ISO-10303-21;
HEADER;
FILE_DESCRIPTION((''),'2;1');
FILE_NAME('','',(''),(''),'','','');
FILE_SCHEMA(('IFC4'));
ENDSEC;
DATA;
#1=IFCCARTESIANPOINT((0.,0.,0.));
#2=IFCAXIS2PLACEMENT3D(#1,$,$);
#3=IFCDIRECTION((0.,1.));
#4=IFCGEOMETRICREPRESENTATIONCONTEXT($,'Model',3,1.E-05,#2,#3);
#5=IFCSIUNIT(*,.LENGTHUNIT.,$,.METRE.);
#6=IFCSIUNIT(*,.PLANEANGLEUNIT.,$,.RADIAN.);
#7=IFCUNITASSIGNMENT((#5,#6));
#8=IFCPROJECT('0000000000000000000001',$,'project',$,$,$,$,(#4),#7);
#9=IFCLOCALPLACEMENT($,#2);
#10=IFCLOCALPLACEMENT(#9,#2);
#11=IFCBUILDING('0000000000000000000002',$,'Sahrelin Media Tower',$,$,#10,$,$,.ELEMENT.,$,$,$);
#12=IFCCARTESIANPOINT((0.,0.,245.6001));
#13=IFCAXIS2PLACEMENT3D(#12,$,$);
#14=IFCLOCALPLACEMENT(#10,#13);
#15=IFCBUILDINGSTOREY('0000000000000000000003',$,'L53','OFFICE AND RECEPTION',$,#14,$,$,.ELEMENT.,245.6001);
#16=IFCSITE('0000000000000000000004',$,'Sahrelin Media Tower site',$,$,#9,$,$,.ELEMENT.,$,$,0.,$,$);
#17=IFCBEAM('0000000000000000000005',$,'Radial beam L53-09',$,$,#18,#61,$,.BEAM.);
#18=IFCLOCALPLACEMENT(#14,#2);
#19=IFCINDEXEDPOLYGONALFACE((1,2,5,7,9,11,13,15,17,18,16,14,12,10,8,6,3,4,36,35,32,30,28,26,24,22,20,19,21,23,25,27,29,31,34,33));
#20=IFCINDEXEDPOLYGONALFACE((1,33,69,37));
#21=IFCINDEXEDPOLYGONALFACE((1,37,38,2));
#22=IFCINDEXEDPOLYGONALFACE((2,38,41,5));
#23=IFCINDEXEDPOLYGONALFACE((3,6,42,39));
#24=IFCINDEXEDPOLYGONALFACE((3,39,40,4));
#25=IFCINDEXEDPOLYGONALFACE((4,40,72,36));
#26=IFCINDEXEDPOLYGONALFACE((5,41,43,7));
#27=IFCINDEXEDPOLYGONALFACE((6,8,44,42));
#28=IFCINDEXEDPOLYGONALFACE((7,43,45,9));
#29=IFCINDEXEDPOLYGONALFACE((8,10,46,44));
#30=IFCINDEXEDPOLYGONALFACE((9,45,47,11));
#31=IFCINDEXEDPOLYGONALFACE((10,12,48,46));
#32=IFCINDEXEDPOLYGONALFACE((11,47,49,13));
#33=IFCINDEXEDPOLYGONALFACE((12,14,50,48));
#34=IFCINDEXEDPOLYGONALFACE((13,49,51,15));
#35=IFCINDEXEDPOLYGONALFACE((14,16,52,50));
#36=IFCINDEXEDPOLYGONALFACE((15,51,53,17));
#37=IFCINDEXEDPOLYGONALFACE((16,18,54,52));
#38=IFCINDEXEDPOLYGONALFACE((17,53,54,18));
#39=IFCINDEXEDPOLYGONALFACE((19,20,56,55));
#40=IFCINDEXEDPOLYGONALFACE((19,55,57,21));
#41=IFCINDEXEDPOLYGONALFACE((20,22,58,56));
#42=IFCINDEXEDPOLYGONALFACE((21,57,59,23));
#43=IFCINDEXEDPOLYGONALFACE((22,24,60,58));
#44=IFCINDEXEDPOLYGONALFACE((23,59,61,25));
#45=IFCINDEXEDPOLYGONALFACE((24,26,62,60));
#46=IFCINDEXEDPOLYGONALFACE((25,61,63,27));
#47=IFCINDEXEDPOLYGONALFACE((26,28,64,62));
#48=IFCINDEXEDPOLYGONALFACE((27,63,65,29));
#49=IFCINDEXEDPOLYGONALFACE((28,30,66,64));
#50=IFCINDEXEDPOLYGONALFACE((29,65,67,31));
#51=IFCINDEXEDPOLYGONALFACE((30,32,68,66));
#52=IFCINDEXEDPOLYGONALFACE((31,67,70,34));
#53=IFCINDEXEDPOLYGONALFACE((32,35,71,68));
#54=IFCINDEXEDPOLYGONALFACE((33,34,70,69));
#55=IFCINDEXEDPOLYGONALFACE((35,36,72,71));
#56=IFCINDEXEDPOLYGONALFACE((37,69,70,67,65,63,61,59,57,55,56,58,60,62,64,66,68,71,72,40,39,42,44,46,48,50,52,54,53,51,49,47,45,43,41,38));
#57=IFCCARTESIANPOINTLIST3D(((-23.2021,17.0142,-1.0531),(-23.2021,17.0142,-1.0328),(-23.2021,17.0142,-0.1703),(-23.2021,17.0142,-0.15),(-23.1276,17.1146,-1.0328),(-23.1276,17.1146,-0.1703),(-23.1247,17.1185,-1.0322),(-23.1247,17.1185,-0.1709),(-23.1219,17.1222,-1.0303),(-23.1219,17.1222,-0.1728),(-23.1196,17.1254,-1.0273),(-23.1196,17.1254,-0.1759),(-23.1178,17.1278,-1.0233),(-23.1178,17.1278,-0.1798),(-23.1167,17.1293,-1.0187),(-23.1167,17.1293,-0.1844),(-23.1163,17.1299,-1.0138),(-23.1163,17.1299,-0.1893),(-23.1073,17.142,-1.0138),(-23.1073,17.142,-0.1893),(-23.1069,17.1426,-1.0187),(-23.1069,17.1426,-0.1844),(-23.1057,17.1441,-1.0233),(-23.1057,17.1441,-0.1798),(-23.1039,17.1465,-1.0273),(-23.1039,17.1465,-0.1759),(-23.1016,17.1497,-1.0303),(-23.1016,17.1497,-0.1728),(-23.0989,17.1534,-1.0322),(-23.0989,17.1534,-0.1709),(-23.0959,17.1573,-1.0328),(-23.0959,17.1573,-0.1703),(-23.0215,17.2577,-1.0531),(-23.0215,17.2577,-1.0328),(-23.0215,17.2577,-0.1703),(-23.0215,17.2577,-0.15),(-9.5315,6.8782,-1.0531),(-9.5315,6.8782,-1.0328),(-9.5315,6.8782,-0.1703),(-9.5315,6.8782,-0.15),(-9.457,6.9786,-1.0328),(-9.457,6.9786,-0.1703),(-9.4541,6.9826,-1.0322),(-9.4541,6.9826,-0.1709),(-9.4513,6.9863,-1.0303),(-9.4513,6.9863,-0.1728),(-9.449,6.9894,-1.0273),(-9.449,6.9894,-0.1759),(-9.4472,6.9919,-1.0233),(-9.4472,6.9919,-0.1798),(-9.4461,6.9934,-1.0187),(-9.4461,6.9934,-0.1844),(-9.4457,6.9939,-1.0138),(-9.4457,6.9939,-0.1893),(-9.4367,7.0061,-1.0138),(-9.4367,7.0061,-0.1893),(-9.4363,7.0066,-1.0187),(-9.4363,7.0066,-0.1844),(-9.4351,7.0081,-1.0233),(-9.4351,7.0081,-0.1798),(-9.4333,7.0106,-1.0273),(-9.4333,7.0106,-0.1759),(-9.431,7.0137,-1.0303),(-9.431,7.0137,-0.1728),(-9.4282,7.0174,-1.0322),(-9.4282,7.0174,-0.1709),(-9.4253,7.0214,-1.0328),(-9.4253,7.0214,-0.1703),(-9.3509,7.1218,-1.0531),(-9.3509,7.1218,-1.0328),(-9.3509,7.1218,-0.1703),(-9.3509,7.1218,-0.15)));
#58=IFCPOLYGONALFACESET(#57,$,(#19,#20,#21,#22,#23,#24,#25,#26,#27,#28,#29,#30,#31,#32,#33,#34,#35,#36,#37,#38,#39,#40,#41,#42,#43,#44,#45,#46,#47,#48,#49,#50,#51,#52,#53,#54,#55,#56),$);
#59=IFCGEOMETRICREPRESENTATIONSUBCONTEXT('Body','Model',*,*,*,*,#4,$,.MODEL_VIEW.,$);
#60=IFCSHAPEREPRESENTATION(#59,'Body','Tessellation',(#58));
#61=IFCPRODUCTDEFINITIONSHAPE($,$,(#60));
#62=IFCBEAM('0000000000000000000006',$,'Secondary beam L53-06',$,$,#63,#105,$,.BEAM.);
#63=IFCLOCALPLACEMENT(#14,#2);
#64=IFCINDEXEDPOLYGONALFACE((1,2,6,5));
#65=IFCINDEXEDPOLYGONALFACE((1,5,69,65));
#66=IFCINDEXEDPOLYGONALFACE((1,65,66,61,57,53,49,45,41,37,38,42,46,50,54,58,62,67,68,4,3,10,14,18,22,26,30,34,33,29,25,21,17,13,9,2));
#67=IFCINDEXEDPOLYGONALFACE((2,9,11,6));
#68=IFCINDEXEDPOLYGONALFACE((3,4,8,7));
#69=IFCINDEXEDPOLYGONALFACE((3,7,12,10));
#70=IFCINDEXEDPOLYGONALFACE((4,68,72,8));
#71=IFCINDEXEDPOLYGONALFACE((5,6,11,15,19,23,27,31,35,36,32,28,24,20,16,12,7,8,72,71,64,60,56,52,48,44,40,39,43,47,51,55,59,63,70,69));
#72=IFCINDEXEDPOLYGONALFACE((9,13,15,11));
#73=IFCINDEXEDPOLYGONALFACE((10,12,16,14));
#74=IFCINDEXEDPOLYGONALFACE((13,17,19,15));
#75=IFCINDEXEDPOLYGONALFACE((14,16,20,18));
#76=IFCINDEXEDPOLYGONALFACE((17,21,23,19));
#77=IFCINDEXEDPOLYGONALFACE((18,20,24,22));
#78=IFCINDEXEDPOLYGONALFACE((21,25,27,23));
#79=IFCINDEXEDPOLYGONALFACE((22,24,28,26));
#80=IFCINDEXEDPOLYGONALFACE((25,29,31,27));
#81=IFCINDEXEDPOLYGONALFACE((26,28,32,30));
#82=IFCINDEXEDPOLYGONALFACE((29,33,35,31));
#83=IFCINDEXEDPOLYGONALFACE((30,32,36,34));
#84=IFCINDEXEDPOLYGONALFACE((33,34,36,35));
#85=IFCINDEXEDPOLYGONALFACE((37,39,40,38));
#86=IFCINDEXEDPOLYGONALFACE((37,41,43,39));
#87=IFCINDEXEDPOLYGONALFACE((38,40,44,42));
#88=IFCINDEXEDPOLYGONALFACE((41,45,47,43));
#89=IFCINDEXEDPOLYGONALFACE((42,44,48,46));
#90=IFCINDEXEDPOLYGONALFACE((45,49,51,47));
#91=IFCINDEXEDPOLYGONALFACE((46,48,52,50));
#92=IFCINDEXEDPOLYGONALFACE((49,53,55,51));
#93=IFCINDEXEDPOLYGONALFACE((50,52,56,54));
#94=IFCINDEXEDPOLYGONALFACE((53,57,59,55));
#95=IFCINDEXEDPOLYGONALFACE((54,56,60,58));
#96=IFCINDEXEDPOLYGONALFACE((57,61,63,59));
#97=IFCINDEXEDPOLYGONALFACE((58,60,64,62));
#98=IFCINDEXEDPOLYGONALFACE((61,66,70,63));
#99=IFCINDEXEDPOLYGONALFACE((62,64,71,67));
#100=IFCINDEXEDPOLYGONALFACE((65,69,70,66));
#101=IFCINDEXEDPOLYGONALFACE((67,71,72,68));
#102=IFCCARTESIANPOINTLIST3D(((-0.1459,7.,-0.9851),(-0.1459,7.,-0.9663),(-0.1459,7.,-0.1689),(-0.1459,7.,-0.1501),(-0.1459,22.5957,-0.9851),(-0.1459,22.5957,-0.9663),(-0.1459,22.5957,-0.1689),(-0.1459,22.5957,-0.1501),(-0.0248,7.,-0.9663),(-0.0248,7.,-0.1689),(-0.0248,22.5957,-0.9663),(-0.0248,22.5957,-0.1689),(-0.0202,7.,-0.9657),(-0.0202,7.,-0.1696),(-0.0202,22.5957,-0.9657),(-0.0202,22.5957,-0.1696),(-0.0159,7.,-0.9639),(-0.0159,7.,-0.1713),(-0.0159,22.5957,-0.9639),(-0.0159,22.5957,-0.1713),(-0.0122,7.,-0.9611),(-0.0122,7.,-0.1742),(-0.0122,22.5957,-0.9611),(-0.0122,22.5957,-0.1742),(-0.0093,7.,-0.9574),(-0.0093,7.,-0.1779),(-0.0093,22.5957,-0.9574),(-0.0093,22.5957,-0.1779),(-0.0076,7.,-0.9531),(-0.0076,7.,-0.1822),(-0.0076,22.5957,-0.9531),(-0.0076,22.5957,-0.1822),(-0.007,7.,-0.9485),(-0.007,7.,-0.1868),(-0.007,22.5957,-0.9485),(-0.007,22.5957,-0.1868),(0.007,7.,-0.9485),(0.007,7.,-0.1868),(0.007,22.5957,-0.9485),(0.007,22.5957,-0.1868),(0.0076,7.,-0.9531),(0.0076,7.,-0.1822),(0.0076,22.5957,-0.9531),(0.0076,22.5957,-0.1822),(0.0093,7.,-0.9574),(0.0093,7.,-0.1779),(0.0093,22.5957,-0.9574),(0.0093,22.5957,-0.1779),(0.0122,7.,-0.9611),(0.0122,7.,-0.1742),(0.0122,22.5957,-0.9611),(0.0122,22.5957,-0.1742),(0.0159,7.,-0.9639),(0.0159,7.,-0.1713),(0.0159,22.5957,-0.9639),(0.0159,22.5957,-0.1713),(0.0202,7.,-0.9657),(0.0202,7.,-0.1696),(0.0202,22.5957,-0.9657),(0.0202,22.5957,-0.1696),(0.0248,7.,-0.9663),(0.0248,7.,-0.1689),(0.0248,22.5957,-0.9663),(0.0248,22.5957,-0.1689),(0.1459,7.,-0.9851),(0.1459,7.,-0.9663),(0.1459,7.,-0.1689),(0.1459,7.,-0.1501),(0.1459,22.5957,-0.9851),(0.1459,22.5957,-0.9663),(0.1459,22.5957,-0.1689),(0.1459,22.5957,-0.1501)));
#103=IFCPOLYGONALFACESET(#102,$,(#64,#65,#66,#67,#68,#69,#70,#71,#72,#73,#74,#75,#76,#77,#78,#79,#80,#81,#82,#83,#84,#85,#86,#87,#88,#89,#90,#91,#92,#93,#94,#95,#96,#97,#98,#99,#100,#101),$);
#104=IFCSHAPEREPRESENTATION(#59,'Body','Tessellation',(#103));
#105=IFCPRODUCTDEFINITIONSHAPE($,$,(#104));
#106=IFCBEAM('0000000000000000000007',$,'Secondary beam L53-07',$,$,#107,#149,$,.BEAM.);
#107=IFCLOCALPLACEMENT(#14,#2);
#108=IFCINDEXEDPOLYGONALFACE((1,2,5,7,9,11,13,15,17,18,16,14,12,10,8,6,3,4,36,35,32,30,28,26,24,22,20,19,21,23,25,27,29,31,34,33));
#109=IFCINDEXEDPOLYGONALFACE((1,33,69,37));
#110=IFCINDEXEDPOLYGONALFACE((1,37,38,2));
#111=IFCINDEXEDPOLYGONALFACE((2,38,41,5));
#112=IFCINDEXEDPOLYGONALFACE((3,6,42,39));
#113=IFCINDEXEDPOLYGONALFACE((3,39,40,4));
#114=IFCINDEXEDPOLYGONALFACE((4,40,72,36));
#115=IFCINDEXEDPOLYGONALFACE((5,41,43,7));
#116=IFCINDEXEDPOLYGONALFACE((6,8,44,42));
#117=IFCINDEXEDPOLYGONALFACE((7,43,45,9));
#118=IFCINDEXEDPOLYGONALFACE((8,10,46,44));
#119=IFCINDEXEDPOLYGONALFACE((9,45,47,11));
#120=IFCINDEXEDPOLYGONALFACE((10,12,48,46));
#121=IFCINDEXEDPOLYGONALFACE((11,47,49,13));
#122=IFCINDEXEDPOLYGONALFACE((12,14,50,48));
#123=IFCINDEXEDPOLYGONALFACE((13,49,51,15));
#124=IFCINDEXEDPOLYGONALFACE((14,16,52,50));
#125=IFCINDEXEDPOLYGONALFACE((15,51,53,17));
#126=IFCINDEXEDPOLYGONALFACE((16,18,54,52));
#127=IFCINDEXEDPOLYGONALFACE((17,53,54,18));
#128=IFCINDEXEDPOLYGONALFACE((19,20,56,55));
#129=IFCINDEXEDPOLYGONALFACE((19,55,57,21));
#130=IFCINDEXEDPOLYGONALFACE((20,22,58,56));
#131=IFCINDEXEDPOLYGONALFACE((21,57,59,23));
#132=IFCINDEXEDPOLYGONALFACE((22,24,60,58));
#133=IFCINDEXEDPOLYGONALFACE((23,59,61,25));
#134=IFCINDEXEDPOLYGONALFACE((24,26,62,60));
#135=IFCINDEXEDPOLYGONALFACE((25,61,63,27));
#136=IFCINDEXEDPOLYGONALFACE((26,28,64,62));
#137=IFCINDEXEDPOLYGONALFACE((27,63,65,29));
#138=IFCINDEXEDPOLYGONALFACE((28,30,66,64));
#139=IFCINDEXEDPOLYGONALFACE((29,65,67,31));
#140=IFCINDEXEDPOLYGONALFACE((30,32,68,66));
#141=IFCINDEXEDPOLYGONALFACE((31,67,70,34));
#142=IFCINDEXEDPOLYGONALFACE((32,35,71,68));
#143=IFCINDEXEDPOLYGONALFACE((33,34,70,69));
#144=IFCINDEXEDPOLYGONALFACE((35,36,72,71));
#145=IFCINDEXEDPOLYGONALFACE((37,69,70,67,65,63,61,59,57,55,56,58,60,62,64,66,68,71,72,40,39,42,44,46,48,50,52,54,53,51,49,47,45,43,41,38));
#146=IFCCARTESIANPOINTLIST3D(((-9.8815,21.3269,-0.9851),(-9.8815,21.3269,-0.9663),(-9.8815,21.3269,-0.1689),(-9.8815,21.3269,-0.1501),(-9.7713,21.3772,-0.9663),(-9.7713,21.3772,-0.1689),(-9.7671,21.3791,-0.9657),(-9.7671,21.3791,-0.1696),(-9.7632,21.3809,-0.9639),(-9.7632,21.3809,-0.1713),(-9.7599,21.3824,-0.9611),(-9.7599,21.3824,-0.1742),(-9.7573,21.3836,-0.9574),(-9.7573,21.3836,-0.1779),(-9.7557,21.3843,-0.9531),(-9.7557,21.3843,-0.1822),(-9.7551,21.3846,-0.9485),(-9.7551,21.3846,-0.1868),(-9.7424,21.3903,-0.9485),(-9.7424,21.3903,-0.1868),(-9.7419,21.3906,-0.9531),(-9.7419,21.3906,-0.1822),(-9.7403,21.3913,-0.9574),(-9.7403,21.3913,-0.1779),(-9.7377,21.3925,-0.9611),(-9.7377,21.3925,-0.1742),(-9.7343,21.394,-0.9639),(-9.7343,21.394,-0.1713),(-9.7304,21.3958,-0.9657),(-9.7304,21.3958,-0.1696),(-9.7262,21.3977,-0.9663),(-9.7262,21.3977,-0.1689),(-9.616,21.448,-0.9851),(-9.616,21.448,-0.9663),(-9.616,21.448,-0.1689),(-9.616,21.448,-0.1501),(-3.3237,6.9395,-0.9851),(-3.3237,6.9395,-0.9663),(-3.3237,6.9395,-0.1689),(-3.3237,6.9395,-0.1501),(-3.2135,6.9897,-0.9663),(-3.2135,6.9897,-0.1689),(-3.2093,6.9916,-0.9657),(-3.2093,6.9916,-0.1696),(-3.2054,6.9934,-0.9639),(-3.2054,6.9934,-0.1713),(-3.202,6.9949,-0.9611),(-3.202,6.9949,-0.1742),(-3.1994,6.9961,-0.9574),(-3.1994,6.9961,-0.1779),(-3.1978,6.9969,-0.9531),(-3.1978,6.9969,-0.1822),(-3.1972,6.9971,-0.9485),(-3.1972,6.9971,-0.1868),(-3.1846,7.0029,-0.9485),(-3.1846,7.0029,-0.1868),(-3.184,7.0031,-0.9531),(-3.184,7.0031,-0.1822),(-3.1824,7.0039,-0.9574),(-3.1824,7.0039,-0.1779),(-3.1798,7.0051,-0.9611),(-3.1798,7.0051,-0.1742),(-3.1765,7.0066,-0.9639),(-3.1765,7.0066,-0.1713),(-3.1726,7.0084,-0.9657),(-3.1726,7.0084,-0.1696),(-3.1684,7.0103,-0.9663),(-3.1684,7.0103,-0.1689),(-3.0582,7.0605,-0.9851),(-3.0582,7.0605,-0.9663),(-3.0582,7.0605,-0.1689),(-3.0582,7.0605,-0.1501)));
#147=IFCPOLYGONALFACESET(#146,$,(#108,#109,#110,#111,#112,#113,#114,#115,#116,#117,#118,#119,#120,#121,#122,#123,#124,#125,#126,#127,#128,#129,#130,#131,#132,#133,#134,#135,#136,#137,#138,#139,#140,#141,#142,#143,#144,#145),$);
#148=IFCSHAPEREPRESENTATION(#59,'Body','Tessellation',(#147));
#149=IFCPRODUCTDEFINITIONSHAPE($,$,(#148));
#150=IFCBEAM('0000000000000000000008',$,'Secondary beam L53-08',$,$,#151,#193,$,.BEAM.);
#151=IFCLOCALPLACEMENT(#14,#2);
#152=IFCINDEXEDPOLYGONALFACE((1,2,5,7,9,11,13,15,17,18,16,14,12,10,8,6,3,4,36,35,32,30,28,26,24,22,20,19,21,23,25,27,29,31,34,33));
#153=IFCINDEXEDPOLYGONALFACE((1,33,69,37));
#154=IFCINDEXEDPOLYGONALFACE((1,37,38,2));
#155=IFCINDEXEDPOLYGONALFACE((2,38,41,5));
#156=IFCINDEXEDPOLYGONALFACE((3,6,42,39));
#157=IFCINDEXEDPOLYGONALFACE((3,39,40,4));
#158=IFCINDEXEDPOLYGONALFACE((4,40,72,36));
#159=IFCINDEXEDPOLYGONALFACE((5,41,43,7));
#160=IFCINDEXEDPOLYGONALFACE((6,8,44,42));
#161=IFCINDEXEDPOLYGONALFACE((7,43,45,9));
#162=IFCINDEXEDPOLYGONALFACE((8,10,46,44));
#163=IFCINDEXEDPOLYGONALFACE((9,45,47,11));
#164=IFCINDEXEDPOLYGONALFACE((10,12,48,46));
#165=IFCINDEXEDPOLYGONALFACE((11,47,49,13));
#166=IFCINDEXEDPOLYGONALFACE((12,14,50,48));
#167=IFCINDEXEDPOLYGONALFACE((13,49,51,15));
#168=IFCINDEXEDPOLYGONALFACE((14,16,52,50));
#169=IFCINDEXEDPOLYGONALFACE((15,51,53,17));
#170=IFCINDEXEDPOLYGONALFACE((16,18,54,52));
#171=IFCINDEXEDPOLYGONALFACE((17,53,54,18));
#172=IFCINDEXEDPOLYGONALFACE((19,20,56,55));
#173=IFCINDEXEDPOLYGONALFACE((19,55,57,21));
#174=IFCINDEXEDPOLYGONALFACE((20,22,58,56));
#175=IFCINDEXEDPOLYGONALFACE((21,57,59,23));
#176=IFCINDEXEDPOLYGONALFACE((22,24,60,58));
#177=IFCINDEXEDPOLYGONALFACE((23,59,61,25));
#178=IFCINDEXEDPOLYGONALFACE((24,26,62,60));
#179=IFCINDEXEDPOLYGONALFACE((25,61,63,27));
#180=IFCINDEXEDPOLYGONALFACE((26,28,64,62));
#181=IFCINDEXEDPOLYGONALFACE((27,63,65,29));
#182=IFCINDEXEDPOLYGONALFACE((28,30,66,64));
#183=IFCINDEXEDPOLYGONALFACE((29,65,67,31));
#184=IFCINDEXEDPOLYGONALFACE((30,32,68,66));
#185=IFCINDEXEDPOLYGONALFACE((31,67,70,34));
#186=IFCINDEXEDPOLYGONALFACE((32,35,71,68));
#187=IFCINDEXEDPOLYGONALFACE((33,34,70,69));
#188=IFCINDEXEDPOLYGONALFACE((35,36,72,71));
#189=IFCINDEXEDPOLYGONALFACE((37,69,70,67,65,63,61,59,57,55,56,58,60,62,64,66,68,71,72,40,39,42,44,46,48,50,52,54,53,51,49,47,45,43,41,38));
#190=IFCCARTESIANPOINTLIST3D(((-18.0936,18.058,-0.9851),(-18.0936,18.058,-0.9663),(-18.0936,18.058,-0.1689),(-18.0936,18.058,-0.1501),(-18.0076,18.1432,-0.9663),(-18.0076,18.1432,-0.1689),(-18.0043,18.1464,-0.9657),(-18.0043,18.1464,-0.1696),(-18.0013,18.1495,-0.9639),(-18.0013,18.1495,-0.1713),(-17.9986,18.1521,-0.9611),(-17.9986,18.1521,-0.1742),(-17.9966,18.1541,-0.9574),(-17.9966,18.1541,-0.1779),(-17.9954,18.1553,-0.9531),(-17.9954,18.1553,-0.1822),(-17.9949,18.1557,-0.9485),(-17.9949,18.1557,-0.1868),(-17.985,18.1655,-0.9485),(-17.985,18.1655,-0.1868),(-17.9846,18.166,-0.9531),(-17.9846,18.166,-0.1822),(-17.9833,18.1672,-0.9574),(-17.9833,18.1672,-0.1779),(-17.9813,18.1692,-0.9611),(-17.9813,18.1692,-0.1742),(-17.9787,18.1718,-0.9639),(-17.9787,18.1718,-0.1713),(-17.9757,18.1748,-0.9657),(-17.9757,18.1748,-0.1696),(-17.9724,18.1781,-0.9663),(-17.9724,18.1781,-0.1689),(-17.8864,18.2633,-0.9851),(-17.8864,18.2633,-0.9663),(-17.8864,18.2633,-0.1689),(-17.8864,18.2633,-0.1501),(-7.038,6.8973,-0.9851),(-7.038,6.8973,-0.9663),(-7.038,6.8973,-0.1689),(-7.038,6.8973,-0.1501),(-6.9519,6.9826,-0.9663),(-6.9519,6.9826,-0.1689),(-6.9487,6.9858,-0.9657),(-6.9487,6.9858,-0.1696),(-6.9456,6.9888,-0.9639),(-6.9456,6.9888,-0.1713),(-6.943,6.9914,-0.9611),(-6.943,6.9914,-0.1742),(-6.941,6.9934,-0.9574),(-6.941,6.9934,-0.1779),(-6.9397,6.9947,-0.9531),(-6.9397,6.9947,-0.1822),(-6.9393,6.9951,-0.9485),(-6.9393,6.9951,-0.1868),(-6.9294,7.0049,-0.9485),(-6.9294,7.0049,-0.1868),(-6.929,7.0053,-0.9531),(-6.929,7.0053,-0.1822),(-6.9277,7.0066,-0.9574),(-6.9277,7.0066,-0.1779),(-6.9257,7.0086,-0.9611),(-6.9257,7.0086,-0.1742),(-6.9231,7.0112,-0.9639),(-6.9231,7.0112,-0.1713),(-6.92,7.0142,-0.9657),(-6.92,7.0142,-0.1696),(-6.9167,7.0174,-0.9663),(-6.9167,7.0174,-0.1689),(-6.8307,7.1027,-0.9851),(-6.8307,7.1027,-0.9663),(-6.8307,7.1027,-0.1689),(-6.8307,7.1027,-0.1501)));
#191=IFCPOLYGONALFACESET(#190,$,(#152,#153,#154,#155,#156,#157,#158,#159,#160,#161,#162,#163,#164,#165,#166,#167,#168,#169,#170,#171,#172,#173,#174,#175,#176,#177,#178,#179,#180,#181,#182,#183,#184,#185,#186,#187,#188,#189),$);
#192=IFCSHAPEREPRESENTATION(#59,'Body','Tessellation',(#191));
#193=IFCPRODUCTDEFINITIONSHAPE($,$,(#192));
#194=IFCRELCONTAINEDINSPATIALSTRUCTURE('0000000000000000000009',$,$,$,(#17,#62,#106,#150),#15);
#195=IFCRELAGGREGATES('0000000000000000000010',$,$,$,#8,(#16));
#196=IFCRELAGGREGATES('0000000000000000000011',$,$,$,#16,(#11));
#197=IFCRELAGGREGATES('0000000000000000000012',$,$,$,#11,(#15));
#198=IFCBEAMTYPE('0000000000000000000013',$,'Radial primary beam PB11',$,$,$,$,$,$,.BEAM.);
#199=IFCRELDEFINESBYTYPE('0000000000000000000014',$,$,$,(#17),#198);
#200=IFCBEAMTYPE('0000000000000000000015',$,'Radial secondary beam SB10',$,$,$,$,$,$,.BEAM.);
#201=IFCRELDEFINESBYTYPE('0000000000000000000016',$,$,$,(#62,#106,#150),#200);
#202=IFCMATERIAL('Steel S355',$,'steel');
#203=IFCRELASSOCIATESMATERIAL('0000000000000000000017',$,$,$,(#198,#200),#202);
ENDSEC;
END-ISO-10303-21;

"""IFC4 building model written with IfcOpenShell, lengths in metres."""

from ifc_helpers import new_model, si_unit, direction, frame, origin, origin_2d, place, context, subcontext, project, spatial, i_section, extrude, material, material_profile, profile_set, type_object, element, save


model = new_model("IFC4")

# Units and contexts
model_context = context("Model", 3, precision=1e-05, world=origin(), true_north=direction((0.0, 1.0)))
body_context = subcontext(model_context, "Body", "Model", "MODEL_VIEW")
ifc_project = project(units=[si_unit("LENGTHUNIT", "METRE"), si_unit("PLANEANGLEUNIT", "RADIAN")], contexts=[model_context])

# Site, building, storey
site_placement = place(None, origin())
site = spatial("IfcSite", under=ifc_project, at=site_placement, Name="Sahrelin Media Tower site", CompositionType="ELEMENT", RefElevation=0.0)
building_placement = place(site_placement, origin())
building = spatial("IfcBuilding", under=site, at=building_placement, Name="Sahrelin Media Tower", CompositionType="ELEMENT")
storey_placement = place(building_placement, frame((0.0, 0.0, 245.6001)))
storey = spatial("IfcBuildingStorey", under=building, at=storey_placement, Name="L53", Description="OFFICE AND RECEPTION", CompositionType="ELEMENT", Elevation=245.6001)

# Shared definitions
ifc_material_1 = material(Name="Steel S355", Category="steel")

# Beams
ifc_material_profile_1 = material_profile(ifc_material_1, i_section(OverallWidth=0.3032, OverallDepth=0.9031, WebThickness=0.0151, FlangeThickness=0.0203, FilletRadius=0.019, at=origin_2d()), Name="UB 914x305x201")
ifc_profile_set_1 = profile_set([ifc_material_profile_1], Name="Steel S355")
beam_type_1 = type_object("IfcBeamType", Name="Radial primary beam PB11", PredefinedType="BEAM", material=ifc_profile_set_1)
beam_1_placement = place(storey_placement, frame((-9.4412, 7.0, -0.6016), z_axis=(-0.803288, 0.595591, 0.0), x_axis=(-0.595591, -0.803288, 0.0)))
element("IfcBeam", 1, at=beam_1_placement, inside=storey, type_object=beam_type_1, Name="Radial beam L53-09", PredefinedType="BEAM", context=body_context, shape_type="SweptSolid", body=[
    extrude(i_section(OverallWidth=0.3032, OverallDepth=0.9031, WebThickness=0.0151, FlangeThickness=0.0203, FilletRadius=0.019, at=origin_2d()), origin(), (0.0, 0.0, 1.0), 17.0183),
])
ifc_material_profile_2 = material_profile(ifc_material_1, i_section(OverallWidth=0.2917, OverallDepth=0.835, WebThickness=0.0139, FlangeThickness=0.0188, FilletRadius=0.0178, at=origin_2d()), Name="UB 838x292x176")
ifc_profile_set_2 = profile_set([ifc_material_profile_2], Name="Steel S355")
beam_type_2 = type_object("IfcBeamType", Name="Radial secondary beam SB10", PredefinedType="BEAM", material=ifc_profile_set_2)
beam_2_placement = place(storey_placement, frame((0.0, 7.0, -0.5676), z_axis=(0.0, 1.0, 0.0), x_axis=(-1.0, 0.0, 0.0)))
element("IfcBeam", 2, at=beam_2_placement, inside=storey, type_object=beam_type_2, Name="Secondary beam L53-06", PredefinedType="BEAM", context=body_context, shape_type="SweptSolid", body=[
    extrude(i_section(OverallWidth=0.2917, OverallDepth=0.835, WebThickness=0.0139, FlangeThickness=0.0188, FilletRadius=0.0178, at=origin_2d()), origin(), (0.0, 0.0, 1.0), 15.5957),
])
beam_3_placement = place(storey_placement, frame((-3.1909, 7.0, -0.5676), z_axis=(-0.414752, 0.909934, 0.0), x_axis=(-0.909934, -0.414752, 0.0)))
element("IfcBeam", 3, at=beam_3_placement, inside=storey, type_object=beam_type_2, Name="Secondary beam L53-07", PredefinedType="BEAM", context=body_context, shape_type="SweptSolid", body=[
    extrude(i_section(OverallWidth=0.2917, OverallDepth=0.835, WebThickness=0.0139, FlangeThickness=0.0188, FilletRadius=0.0178, at=origin_2d()), origin(), (0.0, 0.0, 1.0), 15.8115),
])
beam_4_placement = place(storey_placement, frame((-6.9343, 7.0, -0.5676), z_axis=(-0.703758, 0.71044, 0.0), x_axis=(-0.71044, -0.703758, 0.0)))
element("IfcBeam", 4, at=beam_4_placement, inside=storey, type_object=beam_type_2, Name="Secondary beam L53-08", PredefinedType="BEAM", context=body_context, shape_type="SweptSolid", body=[
    extrude(i_section(OverallWidth=0.2917, OverallDepth=0.835, WebThickness=0.0139, FlangeThickness=0.0188, FilletRadius=0.0178, at=origin_2d()), origin(), (0.0, 0.0, 1.0), 15.7095),
])

save(model, "model.ifc")
